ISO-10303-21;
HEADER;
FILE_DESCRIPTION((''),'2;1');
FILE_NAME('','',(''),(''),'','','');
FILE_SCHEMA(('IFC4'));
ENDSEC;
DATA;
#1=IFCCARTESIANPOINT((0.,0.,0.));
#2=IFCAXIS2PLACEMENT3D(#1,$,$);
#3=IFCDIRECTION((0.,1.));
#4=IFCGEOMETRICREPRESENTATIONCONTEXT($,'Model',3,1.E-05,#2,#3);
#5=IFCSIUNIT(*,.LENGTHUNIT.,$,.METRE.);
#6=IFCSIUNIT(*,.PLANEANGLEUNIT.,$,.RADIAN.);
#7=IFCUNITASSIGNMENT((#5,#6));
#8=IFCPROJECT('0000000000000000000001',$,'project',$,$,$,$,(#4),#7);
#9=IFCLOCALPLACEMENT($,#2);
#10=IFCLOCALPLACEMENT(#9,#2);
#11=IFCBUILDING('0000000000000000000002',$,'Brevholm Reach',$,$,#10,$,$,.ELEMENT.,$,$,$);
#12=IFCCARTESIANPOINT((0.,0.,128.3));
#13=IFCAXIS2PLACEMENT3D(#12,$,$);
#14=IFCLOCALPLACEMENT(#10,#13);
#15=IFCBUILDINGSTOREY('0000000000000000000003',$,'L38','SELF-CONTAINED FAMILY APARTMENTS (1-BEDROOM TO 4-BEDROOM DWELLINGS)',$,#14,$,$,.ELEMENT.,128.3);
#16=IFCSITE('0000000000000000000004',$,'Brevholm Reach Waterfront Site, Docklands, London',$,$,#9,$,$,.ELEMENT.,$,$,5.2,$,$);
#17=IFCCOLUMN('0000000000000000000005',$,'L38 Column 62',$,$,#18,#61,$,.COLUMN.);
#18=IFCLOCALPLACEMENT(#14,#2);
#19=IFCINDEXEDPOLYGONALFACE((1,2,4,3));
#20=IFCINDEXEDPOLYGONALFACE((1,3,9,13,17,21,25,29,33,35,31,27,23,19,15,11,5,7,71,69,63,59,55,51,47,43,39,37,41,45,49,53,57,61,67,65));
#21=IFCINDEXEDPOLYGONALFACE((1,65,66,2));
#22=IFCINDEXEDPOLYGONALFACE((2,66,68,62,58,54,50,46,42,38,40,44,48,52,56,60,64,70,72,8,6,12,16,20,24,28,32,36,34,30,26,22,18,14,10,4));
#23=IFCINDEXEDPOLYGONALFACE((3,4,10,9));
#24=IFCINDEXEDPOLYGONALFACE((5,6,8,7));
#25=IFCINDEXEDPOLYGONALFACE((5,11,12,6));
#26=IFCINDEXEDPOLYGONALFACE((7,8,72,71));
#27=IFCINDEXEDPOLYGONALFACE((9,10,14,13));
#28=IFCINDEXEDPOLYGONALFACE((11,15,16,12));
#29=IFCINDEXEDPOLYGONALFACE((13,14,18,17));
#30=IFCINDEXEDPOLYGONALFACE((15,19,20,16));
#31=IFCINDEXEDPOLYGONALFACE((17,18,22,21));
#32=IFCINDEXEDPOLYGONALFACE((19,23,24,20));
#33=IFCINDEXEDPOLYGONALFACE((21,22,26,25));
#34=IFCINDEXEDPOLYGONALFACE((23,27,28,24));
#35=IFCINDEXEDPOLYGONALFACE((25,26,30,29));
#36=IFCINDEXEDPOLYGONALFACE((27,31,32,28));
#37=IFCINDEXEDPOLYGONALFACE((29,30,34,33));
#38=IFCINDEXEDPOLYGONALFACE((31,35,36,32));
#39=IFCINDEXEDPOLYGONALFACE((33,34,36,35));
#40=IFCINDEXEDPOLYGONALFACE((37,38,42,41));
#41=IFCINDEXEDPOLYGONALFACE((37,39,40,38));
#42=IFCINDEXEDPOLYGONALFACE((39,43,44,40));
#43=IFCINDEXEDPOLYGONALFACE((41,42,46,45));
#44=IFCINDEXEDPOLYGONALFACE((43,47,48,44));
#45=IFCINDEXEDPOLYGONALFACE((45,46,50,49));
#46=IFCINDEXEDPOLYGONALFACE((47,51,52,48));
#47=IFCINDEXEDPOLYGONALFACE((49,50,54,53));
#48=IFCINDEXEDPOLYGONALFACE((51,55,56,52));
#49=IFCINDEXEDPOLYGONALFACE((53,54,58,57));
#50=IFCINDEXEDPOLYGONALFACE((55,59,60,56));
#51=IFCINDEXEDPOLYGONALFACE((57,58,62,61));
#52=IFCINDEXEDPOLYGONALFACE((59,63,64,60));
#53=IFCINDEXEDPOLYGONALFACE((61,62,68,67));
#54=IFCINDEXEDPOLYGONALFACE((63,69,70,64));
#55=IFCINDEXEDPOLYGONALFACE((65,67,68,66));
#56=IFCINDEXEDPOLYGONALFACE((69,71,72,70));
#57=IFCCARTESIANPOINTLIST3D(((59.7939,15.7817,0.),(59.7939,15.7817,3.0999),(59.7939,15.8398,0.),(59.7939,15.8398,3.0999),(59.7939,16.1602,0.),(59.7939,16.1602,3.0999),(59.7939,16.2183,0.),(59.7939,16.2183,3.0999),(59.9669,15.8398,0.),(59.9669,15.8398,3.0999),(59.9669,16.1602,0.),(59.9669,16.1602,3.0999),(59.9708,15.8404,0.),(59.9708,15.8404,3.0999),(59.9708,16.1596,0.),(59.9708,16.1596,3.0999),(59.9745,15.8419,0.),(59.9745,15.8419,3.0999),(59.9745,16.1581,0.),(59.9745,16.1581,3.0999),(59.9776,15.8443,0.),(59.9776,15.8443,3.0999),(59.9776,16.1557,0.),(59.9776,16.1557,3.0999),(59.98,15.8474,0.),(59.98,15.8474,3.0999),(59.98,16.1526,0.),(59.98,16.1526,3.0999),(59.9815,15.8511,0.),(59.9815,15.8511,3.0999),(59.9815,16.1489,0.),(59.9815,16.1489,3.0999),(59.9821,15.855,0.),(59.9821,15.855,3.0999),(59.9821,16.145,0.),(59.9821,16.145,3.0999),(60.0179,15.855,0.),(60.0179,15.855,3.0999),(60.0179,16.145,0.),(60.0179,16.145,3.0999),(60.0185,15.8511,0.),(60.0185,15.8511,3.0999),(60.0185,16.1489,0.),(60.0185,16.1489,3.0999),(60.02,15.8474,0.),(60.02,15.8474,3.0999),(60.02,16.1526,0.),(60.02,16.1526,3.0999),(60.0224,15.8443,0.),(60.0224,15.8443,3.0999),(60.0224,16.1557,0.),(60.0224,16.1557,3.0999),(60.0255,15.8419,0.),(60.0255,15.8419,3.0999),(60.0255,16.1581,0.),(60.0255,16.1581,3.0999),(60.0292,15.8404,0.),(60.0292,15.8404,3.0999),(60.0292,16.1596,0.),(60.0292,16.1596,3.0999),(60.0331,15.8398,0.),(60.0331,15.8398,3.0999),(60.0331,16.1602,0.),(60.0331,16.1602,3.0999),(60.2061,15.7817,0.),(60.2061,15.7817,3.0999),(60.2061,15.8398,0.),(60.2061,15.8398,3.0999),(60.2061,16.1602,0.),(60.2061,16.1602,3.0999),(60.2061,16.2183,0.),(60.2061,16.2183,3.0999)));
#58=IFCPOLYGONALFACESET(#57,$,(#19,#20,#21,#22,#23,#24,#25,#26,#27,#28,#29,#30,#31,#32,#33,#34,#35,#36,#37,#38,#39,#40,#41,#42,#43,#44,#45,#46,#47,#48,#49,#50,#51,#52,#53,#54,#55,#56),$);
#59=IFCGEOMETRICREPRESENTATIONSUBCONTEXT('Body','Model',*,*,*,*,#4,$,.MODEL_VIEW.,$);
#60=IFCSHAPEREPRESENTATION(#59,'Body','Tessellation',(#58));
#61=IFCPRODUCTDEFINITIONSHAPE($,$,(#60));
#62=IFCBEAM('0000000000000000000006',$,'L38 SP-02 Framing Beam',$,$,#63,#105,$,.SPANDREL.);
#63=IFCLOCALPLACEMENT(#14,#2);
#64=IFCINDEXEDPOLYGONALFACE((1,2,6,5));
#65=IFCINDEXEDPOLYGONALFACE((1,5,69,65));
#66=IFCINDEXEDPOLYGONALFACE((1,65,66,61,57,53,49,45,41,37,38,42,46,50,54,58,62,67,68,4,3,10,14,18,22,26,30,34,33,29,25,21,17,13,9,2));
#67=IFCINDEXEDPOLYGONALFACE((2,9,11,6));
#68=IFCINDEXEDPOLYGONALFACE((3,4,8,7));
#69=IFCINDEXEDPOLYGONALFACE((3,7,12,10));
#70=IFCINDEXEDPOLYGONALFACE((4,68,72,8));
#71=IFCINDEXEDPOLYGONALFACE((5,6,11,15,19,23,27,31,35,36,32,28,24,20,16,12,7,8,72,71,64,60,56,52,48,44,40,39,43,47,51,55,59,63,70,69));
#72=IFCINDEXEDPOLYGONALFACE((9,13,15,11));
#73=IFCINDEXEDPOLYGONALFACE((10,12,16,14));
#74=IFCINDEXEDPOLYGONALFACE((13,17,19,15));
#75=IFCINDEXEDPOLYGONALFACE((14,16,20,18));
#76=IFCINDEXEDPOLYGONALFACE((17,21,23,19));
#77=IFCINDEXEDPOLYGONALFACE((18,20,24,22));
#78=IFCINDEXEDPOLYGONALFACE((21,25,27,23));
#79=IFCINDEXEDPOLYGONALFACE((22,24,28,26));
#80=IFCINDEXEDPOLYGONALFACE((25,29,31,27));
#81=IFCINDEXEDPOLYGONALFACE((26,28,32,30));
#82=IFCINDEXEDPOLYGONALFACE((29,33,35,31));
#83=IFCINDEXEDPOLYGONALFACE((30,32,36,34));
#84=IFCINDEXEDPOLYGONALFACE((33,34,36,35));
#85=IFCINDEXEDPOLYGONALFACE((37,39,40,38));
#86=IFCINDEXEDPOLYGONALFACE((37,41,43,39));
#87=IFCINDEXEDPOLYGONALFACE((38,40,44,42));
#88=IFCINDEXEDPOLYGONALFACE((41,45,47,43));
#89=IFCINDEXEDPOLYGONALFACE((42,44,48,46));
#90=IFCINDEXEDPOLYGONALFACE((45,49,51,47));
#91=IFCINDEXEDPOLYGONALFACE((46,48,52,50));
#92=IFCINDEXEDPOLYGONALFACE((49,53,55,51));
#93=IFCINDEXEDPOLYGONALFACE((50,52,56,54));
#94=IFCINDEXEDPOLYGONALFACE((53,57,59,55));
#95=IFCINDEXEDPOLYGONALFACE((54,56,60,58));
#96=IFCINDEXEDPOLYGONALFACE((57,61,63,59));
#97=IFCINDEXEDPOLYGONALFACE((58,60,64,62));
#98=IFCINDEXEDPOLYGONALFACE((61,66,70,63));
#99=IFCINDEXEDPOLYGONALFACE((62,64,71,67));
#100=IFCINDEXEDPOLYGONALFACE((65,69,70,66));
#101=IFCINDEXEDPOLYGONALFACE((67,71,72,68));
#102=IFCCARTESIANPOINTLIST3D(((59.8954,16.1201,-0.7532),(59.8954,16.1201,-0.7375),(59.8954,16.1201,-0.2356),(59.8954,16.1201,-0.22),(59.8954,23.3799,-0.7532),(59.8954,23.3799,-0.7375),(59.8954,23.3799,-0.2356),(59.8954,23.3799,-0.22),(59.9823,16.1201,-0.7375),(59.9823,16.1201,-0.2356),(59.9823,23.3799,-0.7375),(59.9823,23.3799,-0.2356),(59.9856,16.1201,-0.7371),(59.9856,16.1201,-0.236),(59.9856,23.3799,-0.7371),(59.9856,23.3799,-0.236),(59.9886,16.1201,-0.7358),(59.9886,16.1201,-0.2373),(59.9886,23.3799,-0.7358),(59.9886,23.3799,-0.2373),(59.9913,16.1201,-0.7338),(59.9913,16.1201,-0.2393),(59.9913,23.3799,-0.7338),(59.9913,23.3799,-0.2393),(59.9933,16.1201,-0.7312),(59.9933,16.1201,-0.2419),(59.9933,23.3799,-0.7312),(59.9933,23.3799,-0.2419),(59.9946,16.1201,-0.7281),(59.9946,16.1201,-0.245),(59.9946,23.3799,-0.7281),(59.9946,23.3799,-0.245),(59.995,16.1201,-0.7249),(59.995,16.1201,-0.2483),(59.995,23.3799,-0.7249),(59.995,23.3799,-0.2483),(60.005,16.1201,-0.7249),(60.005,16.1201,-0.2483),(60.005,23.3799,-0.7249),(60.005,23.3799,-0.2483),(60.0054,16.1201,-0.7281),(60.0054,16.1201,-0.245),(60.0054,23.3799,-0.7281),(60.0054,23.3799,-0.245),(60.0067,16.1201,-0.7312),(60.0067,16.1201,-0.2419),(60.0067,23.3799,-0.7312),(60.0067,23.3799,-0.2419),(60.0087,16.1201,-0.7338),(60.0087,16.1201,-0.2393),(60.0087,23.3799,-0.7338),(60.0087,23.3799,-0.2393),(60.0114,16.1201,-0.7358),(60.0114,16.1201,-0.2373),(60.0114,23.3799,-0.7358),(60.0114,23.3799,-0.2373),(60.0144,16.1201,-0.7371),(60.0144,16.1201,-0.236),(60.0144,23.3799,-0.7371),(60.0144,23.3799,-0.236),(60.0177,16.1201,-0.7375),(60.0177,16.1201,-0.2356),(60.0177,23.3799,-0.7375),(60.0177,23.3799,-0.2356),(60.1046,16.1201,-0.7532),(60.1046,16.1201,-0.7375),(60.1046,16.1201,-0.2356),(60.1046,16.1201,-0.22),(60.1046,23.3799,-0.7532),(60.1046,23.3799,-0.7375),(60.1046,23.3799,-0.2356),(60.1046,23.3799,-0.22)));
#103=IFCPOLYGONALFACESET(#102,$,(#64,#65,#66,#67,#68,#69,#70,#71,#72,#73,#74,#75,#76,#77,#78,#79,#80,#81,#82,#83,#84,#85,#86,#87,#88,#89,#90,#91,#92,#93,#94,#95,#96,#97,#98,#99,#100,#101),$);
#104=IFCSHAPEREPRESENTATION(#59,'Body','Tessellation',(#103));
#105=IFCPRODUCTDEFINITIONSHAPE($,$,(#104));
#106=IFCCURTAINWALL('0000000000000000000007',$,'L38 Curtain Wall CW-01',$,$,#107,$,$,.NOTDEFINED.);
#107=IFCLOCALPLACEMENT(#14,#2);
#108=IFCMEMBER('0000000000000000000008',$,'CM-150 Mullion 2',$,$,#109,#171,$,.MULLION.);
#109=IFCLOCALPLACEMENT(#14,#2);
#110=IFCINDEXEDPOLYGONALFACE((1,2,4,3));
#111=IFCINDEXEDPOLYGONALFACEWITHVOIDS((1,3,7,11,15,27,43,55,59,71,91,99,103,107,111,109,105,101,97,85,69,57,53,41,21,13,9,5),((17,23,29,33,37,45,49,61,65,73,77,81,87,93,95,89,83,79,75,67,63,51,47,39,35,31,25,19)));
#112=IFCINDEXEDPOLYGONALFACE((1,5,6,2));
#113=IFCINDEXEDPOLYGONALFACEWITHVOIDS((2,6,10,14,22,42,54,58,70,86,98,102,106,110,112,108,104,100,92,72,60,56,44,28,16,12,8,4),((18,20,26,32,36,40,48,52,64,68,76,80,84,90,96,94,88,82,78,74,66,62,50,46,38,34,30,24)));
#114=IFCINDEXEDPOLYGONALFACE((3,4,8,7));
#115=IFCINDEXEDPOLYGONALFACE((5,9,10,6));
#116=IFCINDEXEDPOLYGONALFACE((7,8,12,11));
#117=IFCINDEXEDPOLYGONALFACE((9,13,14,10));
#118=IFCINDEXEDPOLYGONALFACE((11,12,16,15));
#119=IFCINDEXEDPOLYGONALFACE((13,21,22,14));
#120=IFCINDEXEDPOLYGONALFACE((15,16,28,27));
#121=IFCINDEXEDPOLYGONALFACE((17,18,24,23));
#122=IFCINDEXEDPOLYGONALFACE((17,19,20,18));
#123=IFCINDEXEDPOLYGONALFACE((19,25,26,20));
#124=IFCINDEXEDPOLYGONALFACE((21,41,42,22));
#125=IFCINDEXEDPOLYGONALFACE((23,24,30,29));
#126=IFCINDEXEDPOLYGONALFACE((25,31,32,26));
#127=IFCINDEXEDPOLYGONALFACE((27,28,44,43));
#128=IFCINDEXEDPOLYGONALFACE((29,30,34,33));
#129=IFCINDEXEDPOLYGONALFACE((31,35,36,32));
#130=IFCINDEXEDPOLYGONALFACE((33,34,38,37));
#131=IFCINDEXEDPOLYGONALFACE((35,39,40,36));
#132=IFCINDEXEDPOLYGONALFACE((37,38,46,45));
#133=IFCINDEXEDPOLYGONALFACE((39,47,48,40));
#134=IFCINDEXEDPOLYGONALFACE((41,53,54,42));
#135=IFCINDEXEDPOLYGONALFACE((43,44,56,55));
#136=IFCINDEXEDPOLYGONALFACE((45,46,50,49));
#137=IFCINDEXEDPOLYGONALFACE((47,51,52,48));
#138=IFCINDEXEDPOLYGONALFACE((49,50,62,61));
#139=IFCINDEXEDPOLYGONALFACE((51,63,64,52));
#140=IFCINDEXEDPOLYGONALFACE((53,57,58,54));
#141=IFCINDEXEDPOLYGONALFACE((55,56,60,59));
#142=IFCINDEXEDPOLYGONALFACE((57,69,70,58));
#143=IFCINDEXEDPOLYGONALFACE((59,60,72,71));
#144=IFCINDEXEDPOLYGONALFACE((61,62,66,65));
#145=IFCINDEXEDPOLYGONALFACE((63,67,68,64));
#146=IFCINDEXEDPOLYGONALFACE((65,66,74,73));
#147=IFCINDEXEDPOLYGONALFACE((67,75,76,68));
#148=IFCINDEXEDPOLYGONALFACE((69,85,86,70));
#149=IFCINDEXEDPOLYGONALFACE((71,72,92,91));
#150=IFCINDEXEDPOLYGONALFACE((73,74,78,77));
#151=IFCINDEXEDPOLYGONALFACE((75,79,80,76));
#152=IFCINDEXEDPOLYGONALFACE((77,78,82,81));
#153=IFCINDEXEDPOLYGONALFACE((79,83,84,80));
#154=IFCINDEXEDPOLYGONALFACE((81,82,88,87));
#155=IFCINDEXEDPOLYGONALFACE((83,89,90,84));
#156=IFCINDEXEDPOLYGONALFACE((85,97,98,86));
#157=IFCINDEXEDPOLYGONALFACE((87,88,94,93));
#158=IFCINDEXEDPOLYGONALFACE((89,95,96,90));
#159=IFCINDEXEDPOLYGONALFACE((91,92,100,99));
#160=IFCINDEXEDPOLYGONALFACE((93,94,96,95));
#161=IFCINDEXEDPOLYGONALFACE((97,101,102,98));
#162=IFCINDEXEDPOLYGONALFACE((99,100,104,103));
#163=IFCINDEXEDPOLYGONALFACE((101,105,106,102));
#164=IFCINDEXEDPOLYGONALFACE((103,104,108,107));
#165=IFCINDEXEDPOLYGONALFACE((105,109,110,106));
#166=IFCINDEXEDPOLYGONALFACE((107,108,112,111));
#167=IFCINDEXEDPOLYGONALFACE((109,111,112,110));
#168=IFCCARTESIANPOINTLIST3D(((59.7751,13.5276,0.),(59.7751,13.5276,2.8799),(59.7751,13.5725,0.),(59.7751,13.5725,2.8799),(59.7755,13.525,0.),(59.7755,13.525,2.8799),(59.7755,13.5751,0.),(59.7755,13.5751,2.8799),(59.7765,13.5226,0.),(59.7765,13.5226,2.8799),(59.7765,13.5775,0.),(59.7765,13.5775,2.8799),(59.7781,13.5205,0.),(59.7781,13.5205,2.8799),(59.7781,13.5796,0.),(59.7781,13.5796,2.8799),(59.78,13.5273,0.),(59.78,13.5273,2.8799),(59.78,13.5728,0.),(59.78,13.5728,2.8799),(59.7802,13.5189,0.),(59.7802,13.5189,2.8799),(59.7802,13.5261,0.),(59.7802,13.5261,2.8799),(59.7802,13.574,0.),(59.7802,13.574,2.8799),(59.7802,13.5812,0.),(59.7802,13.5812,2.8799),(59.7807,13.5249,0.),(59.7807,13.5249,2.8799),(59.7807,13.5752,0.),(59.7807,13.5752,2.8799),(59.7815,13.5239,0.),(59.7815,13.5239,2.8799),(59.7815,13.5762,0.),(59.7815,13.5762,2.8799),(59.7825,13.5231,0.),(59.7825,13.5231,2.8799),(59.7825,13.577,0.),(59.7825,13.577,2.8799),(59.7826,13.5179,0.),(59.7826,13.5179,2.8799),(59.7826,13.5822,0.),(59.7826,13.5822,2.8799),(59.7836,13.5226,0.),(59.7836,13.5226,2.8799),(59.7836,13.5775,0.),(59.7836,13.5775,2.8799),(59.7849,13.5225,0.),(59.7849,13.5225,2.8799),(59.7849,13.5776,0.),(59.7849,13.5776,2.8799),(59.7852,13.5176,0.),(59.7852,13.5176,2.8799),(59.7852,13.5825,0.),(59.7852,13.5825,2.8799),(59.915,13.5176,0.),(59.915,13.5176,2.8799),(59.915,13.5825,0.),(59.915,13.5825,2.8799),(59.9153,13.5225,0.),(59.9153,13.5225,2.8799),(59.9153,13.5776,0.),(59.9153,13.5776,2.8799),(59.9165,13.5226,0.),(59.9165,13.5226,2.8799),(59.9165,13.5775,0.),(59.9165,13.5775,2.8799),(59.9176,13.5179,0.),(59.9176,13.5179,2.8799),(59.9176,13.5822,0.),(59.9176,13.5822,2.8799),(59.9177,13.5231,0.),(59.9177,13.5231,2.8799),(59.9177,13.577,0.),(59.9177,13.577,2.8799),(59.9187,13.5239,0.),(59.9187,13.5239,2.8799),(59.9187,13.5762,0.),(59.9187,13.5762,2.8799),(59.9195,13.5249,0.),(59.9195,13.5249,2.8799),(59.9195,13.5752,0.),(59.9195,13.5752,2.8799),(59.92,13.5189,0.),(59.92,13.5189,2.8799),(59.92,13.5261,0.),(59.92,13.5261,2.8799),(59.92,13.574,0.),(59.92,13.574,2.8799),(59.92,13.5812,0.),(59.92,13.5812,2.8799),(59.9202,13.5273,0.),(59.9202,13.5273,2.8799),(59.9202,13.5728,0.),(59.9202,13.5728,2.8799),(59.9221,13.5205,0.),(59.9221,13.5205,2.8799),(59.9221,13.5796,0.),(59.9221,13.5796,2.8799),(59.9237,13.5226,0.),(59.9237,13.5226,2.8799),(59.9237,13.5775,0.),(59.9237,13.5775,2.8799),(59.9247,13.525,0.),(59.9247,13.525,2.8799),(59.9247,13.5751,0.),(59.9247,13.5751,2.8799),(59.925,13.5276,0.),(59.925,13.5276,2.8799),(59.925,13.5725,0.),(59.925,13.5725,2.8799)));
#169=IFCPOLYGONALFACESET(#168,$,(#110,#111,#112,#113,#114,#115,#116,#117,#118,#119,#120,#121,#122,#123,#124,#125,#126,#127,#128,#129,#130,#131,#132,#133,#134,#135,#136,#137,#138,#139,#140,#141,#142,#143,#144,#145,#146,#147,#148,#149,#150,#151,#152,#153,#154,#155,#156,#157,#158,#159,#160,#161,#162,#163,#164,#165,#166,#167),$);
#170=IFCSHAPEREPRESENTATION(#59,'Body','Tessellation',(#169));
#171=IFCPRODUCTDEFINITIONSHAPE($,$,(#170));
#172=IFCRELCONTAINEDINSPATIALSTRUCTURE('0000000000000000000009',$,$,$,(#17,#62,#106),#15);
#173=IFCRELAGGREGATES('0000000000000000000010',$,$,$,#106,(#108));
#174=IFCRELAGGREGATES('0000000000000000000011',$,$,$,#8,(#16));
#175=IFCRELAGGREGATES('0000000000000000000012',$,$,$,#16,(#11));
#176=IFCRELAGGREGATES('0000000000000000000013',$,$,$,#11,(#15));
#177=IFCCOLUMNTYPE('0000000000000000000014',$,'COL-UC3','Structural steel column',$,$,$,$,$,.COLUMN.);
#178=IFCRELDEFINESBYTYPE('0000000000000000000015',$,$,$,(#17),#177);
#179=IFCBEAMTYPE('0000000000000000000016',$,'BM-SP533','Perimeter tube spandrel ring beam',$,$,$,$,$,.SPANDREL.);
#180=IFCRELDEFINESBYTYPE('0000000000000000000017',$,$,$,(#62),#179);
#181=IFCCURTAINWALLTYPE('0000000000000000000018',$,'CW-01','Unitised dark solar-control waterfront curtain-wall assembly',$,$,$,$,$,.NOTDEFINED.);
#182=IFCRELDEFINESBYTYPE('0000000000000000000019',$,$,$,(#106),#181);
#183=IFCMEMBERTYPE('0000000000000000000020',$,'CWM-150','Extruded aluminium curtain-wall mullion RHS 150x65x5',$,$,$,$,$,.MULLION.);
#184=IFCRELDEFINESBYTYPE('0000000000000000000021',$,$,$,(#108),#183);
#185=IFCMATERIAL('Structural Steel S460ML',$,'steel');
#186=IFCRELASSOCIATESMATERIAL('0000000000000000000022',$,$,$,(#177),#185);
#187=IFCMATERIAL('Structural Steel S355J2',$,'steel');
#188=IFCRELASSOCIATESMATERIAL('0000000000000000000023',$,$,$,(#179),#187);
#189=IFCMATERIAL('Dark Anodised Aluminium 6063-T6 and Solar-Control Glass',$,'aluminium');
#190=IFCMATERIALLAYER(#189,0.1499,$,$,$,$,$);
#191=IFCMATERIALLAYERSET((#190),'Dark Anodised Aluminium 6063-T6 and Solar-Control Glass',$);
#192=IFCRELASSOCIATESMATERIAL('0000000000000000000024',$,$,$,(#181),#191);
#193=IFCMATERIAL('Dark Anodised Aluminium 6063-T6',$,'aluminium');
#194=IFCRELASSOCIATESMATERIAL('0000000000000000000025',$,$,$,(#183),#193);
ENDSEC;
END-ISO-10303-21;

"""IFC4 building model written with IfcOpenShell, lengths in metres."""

from ifc_helpers import new_model, si_unit, direction, frame, origin, origin_2d, place, context, subcontext, project, spatial, hollow_rectangle, i_section, extrude, material, layer, layer_set, material_profile, profile_set, type_object, element, aggregate, save


model = new_model("IFC4")

# Units and contexts
model_context = context("Model", 3, precision=1e-05, world=origin(), true_north=direction((0.0, 1.0)))
body_context = subcontext(model_context, "Body", "Model", "MODEL_VIEW")
ifc_project = project(units=[si_unit("LENGTHUNIT", "METRE"), si_unit("PLANEANGLEUNIT", "RADIAN")], contexts=[model_context])

# Site, building, storey
site_placement = place(None, origin())
site = spatial("IfcSite", under=ifc_project, at=site_placement, Name="Brevholm Reach Waterfront Site, Docklands, London", CompositionType="ELEMENT", RefElevation=5.2)
building_placement = place(site_placement, origin())
building = spatial("IfcBuilding", under=site, at=building_placement, Name="Brevholm Reach", CompositionType="ELEMENT")
storey_placement = place(building_placement, frame((0.0, 0.0, 128.3)))
storey = spatial("IfcBuildingStorey", under=building, at=storey_placement, Name="L38", Description="SELF-CONTAINED FAMILY APARTMENTS (1-BEDROOM TO 4-BEDROOM DWELLINGS)", CompositionType="ELEMENT", Elevation=128.3)

# Column
ifc_material_1 = material(Name="Structural Steel S460ML", Category="steel")
ifc_material_profile_1 = material_profile(ifc_material_1, i_section(OverallWidth=0.4121, OverallDepth=0.4365, WebThickness=0.0359, FlangeThickness=0.0581, FilletRadius=0.0151, at=origin_2d()), Name="UKC 356x406x467")
ifc_profile_set_1 = profile_set([ifc_material_profile_1], Name="Structural Steel S460ML")
column_type = type_object("IfcColumnType", Name="COL-UC3", Description="Structural steel column", PredefinedType="COLUMN", material=ifc_profile_set_1)
column_placement = place(storey_placement, frame((60.0, 16.0, 0.0), z_axis=(0.0, 0.0, 1.0), x_axis=(1.0, 0.0, 0.0)))
element("IfcColumn", 1, at=column_placement, inside=storey, type_object=column_type, Name="L38 Column 62", PredefinedType="COLUMN", context=body_context, shape_type="SweptSolid", body=[
    extrude(i_section(OverallWidth=0.4121, OverallDepth=0.4365, WebThickness=0.0359, FlangeThickness=0.0581, FilletRadius=0.0151, at=origin_2d()), origin(), (0.0, 0.0, 1.0), 3.0999),
])

# Beam
ifc_material_2 = material(Name="Structural Steel S355J2", Category="steel")
ifc_material_profile_2 = material_profile(ifc_material_2, i_section(OverallWidth=0.2092, OverallDepth=0.5332, WebThickness=0.01, FlangeThickness=0.0156, FilletRadius=0.0127, at=origin_2d()), Name="UKB 533x210x92")
ifc_profile_set_2 = profile_set([ifc_material_profile_2], Name="Structural Steel S355J2")
beam_type = type_object("IfcBeamType", Name="BM-SP533", Description="Perimeter tube spandrel ring beam", PredefinedType="SPANDREL", material=ifc_profile_set_2)
beam_placement = place(storey_placement, frame((60.0, 16.1201, -0.4866), z_axis=(0.0, 1.0, 0.0), x_axis=(-1.0, 0.0, 0.0)))
element("IfcBeam", 2, at=beam_placement, inside=storey, type_object=beam_type, Name="L38 SP-02 Framing Beam", PredefinedType="SPANDREL", context=body_context, shape_type="SweptSolid", body=[
    extrude(i_section(OverallWidth=0.2092, OverallDepth=0.5332, WebThickness=0.01, FlangeThickness=0.0156, FilletRadius=0.0127, at=origin_2d()), origin(), (0.0, 0.0, 1.0), 7.2598),
])

# Curtain wall, member
ifc_material_3 = material(Name="Dark Anodised Aluminium 6063-T6 and Solar-Control Glass", Category="aluminium")
ifc_layer_1 = layer(ifc_material_3, 0.1499)
ifc_layer_set_1 = layer_set([ifc_layer_1], Name="Dark Anodised Aluminium 6063-T6 and Solar-Control Glass")
curtain_wall_type = type_object("IfcCurtainWallType", Name="CW-01", Description="Unitised dark solar-control waterfront curtain-wall assembly", PredefinedType="NOTDEFINED", material=ifc_layer_set_1)
curtain_wall_placement = place(storey_placement, origin())
curtain_wall = element("IfcCurtainWall", 3, at=curtain_wall_placement, inside=storey, type_object=curtain_wall_type, Name="L38 Curtain Wall CW-01", PredefinedType="NOTDEFINED")
ifc_material_4 = material(Name="Dark Anodised Aluminium 6063-T6", Category="aluminium")
ifc_material_profile_3 = material_profile(ifc_material_4, hollow_rectangle(XDim=0.0649, YDim=0.1499, WallThickness=0.0049, InnerFilletRadius=0.0049, OuterFilletRadius=0.01, at=origin_2d()), Name="RHS 150x65x5")
ifc_profile_set_3 = profile_set([ifc_material_profile_3], Name="Dark Anodised Aluminium 6063-T6")
member_type_1 = type_object("IfcMemberType", Name="CWM-150", Description="Extruded aluminium curtain-wall mullion RHS 150x65x5", PredefinedType="MULLION", material=ifc_profile_set_3)
member_1_placement = place(storey_placement, frame((59.8501, 13.55, 0.0), z_axis=(0.0, 0.0, 1.0), x_axis=(0.0, 1.0, 0.0)))
member_1 = element("IfcMember", 4, at=member_1_placement, type_object=member_type_1, Name="CM-150 Mullion 2", PredefinedType="MULLION", context=body_context, shape_type="SweptSolid", body=[
    extrude(hollow_rectangle(XDim=0.0649, YDim=0.1499, WallThickness=0.0049, InnerFilletRadius=0.0049, OuterFilletRadius=0.01, at=origin_2d()), origin(), (0.0, 0.0, 1.0), 2.8799),
])
aggregate(curtain_wall, [member_1])

save(model, "model.ifc")
